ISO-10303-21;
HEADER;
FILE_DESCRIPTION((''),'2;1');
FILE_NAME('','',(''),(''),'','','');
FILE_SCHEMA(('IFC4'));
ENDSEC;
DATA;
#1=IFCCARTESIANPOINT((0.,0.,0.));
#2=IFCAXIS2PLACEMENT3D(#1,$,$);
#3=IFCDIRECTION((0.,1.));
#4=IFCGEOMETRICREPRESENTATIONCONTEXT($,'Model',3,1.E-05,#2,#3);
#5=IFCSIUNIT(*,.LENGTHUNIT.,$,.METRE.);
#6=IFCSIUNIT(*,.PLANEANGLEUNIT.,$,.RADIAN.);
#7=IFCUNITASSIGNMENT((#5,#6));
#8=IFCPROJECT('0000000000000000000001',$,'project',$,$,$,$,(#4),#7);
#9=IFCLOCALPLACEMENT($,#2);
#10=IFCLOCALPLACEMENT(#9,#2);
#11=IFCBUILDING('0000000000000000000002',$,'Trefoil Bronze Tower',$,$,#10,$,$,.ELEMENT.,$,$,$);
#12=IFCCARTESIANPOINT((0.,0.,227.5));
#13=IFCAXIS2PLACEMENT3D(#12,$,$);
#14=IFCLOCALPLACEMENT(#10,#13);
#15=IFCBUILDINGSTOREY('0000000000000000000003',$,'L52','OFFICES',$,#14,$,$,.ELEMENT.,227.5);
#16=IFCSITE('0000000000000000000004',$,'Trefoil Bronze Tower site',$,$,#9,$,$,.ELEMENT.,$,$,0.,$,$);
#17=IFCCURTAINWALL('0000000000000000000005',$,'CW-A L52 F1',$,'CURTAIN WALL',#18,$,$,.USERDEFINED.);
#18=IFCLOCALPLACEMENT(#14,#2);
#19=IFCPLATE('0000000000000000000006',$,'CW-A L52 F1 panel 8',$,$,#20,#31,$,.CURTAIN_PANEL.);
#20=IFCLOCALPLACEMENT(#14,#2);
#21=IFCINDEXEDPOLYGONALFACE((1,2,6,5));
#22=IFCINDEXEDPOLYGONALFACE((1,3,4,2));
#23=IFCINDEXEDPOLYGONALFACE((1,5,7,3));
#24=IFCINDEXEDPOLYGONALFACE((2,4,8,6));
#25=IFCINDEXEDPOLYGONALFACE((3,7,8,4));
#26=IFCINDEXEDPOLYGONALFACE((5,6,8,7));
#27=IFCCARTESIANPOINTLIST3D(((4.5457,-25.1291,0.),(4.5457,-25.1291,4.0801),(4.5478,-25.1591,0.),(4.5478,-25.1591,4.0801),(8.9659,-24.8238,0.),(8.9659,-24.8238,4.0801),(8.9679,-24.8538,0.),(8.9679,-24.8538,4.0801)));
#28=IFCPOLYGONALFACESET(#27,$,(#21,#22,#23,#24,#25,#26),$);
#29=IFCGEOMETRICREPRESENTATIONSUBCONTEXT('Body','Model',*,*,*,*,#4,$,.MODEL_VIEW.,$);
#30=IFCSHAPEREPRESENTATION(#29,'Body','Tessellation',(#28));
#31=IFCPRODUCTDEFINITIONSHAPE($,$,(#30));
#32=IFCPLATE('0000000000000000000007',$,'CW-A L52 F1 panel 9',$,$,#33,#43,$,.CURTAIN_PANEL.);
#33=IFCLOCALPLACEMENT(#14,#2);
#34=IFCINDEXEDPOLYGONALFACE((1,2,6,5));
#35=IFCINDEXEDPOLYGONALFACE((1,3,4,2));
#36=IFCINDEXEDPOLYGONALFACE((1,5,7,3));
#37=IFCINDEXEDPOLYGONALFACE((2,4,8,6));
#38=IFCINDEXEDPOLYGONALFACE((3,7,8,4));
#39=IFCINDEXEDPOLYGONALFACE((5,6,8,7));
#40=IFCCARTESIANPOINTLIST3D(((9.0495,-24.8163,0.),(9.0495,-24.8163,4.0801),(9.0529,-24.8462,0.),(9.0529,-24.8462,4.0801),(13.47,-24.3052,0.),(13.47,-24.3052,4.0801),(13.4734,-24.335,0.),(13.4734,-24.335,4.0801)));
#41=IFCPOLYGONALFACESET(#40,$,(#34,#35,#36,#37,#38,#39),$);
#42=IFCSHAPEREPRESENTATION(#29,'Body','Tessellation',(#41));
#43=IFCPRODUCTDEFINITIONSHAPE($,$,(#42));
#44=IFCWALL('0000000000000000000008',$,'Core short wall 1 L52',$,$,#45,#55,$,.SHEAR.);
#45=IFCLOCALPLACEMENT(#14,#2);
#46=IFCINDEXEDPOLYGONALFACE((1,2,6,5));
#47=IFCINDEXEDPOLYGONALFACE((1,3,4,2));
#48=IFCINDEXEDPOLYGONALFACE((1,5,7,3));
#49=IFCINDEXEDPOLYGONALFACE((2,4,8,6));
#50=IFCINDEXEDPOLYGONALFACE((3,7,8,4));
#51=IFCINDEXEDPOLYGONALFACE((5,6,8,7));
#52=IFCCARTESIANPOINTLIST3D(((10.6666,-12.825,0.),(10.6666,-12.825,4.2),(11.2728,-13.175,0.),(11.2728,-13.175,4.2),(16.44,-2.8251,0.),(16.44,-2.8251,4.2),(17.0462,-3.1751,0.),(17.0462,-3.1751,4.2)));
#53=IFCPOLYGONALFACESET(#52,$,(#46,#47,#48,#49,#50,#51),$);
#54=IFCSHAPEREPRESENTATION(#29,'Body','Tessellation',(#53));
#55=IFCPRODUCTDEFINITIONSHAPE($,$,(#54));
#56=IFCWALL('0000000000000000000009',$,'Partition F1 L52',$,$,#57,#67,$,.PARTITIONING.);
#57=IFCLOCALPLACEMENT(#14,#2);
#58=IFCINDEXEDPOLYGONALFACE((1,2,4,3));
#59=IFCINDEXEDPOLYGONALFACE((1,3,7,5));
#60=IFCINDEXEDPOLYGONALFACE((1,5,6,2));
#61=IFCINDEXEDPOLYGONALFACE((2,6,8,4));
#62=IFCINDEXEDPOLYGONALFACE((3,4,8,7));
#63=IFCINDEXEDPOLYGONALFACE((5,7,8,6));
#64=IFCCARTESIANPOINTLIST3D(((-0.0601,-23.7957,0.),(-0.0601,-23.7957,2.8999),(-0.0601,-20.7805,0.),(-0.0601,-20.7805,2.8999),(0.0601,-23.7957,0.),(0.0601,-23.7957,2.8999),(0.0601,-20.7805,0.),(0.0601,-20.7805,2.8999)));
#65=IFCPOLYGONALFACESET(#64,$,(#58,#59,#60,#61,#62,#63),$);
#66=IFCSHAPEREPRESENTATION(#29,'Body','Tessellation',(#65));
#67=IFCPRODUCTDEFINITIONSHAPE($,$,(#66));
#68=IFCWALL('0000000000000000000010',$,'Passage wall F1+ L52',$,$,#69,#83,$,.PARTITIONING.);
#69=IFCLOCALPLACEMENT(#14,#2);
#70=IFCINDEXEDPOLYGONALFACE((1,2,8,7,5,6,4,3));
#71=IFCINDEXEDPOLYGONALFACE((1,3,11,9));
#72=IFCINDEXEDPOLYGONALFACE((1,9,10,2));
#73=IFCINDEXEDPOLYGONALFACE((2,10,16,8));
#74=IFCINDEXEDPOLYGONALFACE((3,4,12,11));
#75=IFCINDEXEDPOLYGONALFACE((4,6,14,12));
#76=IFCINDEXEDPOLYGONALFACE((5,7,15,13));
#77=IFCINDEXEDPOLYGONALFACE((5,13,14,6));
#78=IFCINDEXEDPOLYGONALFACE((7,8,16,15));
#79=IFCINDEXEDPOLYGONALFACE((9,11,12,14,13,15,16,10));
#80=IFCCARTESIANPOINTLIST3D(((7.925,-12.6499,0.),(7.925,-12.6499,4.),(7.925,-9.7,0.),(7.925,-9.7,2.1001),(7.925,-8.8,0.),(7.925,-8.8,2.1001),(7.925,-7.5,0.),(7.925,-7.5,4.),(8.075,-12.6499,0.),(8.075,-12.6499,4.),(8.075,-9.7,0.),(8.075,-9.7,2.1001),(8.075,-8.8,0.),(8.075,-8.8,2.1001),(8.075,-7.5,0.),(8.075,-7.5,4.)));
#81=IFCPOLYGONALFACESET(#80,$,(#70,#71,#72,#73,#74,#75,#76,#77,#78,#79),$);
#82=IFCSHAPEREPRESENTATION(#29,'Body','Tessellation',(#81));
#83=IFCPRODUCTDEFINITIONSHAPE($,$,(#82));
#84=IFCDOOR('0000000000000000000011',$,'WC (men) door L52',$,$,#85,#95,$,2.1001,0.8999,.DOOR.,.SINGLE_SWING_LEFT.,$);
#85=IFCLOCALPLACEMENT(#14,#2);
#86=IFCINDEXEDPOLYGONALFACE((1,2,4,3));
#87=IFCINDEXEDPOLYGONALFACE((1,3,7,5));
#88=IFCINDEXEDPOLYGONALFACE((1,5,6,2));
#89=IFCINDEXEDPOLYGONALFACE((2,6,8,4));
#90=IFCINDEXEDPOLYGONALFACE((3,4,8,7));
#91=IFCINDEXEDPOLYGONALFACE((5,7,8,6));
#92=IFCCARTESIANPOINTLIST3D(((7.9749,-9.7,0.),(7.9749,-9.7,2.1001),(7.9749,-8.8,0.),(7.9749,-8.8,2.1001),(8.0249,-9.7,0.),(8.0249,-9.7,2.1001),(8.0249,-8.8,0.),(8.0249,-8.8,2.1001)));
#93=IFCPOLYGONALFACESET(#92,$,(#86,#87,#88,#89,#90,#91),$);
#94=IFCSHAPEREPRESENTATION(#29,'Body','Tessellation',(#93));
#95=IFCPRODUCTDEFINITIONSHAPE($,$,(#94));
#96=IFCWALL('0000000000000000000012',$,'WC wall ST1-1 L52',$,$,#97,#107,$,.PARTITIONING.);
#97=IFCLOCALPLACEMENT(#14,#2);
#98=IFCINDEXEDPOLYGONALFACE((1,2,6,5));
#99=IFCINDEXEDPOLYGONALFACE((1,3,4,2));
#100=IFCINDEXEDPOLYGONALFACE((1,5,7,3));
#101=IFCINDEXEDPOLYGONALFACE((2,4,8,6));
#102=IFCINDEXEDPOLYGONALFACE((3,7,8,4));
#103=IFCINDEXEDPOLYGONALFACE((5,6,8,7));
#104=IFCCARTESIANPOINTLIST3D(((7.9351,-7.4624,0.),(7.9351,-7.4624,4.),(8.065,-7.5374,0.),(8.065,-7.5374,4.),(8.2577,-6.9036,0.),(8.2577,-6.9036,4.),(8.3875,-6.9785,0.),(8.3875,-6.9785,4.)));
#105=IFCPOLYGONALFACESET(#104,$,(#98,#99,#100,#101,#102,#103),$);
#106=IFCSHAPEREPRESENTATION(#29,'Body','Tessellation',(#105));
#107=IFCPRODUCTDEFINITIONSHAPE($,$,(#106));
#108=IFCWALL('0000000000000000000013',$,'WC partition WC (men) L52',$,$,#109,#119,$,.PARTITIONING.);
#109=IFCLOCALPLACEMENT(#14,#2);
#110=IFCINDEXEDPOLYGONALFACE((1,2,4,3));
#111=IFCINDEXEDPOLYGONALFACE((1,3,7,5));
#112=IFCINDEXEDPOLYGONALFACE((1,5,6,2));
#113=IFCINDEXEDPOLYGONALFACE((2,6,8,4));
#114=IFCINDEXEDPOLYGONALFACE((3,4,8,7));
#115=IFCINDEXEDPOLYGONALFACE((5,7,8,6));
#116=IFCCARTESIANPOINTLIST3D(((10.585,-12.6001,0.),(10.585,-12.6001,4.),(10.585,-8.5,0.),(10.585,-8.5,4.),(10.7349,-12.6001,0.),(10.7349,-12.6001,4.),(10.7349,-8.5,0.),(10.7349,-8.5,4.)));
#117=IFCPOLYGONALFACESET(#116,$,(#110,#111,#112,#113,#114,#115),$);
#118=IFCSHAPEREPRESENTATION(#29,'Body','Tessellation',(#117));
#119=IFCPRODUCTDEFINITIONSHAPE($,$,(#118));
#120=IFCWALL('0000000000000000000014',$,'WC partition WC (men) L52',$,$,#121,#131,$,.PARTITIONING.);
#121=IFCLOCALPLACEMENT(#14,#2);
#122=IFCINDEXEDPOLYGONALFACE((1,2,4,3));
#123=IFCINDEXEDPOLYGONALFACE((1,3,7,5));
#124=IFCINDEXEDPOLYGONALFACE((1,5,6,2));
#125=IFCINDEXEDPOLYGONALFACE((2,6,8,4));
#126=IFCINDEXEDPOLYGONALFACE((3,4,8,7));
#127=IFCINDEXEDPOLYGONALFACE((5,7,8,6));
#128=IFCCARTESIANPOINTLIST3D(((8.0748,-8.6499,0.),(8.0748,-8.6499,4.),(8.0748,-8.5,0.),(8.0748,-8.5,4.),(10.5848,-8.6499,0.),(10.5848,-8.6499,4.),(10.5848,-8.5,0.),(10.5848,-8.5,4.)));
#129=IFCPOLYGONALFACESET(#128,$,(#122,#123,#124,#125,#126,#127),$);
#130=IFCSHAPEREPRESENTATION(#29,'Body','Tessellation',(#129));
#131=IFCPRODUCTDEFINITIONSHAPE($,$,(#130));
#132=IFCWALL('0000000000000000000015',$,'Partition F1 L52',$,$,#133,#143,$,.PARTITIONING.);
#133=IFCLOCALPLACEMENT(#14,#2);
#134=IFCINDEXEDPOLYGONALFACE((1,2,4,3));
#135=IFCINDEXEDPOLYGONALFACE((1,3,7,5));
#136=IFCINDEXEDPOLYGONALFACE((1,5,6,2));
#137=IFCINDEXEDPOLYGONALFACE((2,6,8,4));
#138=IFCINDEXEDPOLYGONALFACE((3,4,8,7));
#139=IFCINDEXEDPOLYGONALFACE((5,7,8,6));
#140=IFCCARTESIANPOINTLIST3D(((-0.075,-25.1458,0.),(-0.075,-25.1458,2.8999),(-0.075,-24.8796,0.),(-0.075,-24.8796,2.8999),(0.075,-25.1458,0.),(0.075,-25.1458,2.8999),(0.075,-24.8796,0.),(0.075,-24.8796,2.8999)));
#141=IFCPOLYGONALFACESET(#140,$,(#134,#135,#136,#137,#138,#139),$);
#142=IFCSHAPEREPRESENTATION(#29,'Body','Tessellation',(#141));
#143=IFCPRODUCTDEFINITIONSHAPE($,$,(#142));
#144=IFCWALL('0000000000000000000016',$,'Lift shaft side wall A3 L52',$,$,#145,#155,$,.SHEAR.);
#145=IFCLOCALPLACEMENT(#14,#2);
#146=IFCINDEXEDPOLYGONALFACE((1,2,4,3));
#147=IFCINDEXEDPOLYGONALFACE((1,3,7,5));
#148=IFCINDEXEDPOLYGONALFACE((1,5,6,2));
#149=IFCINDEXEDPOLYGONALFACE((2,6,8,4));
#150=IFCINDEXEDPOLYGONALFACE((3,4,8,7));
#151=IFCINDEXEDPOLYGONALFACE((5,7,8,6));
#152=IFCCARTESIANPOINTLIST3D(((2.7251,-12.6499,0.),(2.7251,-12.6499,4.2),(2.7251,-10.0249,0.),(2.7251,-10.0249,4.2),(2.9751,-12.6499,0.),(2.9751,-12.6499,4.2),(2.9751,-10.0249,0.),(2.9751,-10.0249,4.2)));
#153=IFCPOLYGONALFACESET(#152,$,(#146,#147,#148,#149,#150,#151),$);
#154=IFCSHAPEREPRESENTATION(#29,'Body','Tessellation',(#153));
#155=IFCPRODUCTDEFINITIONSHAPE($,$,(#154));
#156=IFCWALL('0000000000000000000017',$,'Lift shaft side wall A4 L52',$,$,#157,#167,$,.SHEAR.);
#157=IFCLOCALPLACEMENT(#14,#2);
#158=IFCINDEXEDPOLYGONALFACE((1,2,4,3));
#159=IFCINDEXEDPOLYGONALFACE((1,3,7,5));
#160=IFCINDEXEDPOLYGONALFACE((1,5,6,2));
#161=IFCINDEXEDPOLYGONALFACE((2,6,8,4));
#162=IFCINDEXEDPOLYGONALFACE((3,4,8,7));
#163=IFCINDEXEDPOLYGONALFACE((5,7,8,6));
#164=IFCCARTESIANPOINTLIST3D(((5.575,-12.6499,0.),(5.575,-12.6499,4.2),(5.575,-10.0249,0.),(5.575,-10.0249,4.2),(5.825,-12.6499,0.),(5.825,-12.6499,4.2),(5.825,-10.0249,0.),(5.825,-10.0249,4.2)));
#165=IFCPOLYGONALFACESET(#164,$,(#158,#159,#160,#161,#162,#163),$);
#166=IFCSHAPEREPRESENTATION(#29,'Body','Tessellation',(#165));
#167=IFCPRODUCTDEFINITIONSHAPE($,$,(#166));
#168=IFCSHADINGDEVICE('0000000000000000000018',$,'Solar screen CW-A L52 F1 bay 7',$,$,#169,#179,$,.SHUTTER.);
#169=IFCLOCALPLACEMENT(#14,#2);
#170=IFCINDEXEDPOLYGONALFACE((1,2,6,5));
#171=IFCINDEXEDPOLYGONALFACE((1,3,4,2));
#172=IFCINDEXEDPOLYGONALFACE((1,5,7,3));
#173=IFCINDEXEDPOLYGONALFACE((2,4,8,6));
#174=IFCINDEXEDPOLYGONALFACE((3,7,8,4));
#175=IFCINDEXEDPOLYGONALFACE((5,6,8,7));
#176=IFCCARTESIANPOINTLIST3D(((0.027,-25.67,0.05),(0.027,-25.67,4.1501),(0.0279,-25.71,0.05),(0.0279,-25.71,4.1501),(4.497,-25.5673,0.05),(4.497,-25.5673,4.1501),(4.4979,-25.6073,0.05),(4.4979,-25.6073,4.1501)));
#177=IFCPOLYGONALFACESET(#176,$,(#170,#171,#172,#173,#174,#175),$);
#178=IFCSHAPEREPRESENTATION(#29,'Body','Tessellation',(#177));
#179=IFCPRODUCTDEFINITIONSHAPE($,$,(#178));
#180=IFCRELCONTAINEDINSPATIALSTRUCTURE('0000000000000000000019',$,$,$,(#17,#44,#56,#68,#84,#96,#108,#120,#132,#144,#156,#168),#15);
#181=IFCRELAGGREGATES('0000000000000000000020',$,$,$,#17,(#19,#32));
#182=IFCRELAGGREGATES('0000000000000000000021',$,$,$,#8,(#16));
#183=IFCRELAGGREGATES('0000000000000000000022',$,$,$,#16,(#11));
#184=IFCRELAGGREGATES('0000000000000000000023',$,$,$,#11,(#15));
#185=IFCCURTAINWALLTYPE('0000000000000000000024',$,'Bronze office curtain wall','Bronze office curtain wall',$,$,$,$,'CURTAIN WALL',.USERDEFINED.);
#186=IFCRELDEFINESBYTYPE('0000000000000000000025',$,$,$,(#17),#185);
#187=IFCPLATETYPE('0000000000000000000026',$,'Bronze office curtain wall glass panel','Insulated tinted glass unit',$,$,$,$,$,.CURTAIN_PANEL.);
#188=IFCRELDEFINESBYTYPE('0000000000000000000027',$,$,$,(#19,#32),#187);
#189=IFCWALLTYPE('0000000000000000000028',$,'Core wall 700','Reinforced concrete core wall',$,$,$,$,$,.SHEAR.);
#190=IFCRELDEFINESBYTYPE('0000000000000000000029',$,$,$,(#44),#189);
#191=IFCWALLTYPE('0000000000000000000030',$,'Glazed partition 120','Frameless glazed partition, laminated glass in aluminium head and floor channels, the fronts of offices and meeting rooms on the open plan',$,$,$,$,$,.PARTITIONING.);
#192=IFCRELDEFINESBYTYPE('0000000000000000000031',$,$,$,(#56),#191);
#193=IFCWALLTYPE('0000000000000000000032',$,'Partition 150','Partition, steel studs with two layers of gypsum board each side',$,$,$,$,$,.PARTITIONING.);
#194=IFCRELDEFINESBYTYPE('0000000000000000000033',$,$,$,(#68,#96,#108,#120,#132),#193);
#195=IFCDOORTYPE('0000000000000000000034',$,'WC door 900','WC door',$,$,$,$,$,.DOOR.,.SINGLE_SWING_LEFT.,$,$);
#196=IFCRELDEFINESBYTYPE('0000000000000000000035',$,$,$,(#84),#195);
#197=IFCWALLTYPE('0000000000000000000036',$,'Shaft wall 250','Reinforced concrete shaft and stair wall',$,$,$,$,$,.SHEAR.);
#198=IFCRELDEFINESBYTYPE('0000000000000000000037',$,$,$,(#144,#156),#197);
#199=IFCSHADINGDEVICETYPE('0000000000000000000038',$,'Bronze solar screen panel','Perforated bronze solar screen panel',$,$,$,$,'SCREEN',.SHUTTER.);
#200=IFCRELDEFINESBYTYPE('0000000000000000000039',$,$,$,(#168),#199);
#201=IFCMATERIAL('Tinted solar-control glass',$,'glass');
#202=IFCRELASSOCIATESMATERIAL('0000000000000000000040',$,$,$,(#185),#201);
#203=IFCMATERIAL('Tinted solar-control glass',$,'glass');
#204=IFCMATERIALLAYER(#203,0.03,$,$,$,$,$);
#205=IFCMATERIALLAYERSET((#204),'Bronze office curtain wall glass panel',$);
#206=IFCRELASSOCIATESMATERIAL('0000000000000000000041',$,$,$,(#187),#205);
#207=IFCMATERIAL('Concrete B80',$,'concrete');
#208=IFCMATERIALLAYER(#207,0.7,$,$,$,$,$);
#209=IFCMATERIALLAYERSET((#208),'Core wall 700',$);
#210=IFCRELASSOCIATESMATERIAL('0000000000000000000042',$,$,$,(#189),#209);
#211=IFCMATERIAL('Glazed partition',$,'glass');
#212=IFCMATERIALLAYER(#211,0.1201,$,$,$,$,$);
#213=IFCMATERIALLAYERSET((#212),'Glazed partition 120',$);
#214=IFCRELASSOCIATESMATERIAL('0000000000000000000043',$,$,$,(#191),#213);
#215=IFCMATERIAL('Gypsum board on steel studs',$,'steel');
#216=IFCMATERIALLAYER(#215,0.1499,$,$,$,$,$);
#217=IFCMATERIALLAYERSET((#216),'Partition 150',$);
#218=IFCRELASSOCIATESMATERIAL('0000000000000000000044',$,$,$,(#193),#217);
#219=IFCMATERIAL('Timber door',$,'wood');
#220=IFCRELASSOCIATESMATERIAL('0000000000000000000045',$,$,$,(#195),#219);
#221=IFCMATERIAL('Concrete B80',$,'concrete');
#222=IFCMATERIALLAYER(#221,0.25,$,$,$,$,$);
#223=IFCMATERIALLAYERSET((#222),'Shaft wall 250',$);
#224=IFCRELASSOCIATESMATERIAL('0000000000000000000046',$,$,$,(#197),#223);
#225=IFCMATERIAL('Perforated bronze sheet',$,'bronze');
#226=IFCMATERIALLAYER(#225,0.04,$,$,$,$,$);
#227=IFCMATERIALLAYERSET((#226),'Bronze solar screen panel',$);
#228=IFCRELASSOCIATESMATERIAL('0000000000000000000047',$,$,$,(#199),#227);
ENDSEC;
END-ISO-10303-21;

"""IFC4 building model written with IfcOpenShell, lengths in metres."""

from ifc_helpers import new_model, si_unit, direction, frame, frame_2d, origin, origin_2d, place, context, subcontext, project, spatial, rectangle, extrude, material, layer, layer_set, type_object, element, fill, aggregate, save


model = new_model("IFC4")

# Units and contexts
model_context = context("Model", 3, precision=1e-05, world=origin(), true_north=direction((0.0, 1.0)))
body_context = subcontext(model_context, "Body", "Model", "MODEL_VIEW")
ifc_project = project(units=[si_unit("LENGTHUNIT", "METRE"), si_unit("PLANEANGLEUNIT", "RADIAN")], contexts=[model_context])

# Site, building, storey
site_placement = place(None, origin())
site = spatial("IfcSite", under=ifc_project, at=site_placement, Name="Trefoil Bronze Tower site", CompositionType="ELEMENT", RefElevation=0.0)
building_placement = place(site_placement, origin())
building = spatial("IfcBuilding", under=site, at=building_placement, Name="Trefoil Bronze Tower", CompositionType="ELEMENT")
storey_placement = place(building_placement, frame((0.0, 0.0, 227.5)))
storey = spatial("IfcBuildingStorey", under=building, at=storey_placement, Name="L52", Description="OFFICES", CompositionType="ELEMENT", Elevation=227.5)

# Curtain wall
ifc_material_1 = material(Name="Tinted solar-control glass", Category="glass")
curtain_wall_type = type_object("IfcCurtainWallType", Name="Bronze office curtain wall", Description="Bronze office curtain wall", ElementType="CURTAIN WALL", PredefinedType="USERDEFINED", material=ifc_material_1)
curtain_wall_placement = place(storey_placement, origin())
curtain_wall = element("IfcCurtainWall", 1, at=curtain_wall_placement, inside=storey, type_object=curtain_wall_type, Name="CW-A L52 F1", ObjectType="CURTAIN WALL", PredefinedType="USERDEFINED")

# Plates
ifc_material_2 = material(Name="Tinted solar-control glass", Category="glass")
ifc_layer_1 = layer(ifc_material_2, 0.03)
ifc_layer_set_1 = layer_set([ifc_layer_1], Name="Bronze office curtain wall glass panel")
plate_type = type_object("IfcPlateType", Name="Bronze office curtain wall glass panel", Description="Insulated tinted glass unit", PredefinedType="CURTAIN_PANEL", material=ifc_layer_set_1)
plate_1_placement = place(storey_placement, frame((6.7568, -24.9915, 0.0), z_axis=(0.0, 0.0, 1.0), x_axis=(0.997623, 0.068915, 0.0)))
plate_1 = element("IfcPlate", 2, at=plate_1_placement, type_object=plate_type, Name="CW-A L52 F1 panel 8", PredefinedType="CURTAIN_PANEL", context=body_context, shape_type="SweptSolid", body=[
    extrude(rectangle(XDim=4.4307, YDim=0.03, at=origin_2d()), origin(), (0.0, 0.0, 1.0), 4.0801),
])
plate_2_placement = place(storey_placement, frame((11.2615, -24.5757, 0.0), z_axis=(0.0, 0.0, 1.0), x_axis=(0.993382, 0.114859, 0.0)))
plate_2 = element("IfcPlate", 3, at=plate_2_placement, type_object=plate_type, Name="CW-A L52 F1 panel 9", PredefinedType="CURTAIN_PANEL", context=body_context, shape_type="SweptSolid", body=[
    extrude(rectangle(XDim=4.45, YDim=0.03, at=origin_2d()), origin(), (0.0, 0.0, 1.0), 4.0801),
])
aggregate(curtain_wall, [plate_1, plate_2])

# Walls
ifc_material_3 = material(Name="Concrete B80", Category="concrete")
ifc_layer_2 = layer(ifc_material_3, 0.7)
ifc_layer_set_2 = layer_set([ifc_layer_2], Name="Core wall 700")
wall_type_1 = type_object("IfcWallType", Name="Core wall 700", Description="Reinforced concrete core wall", PredefinedType="SHEAR", material=ifc_layer_set_2)
wall_1_placement = place(storey_placement, frame((10.9697, -13.0, 0.0), z_axis=(0.0, 0.0, 1.0), x_axis=(0.499996, 0.866028, 0.0)))
element("IfcWall", 4, at=wall_1_placement, inside=storey, type_object=wall_type_1, Name="Core short wall 1 L52", PredefinedType="SHEAR", context=body_context, shape_type="SweptSolid", body=[
    extrude(rectangle(XDim=11.5469, YDim=0.7, at=frame_2d((5.7734, 0.0))), origin(), (0.0, 0.0, 1.0), 4.2),
])
ifc_material_4 = material(Name="Glazed partition", Category="glass")
ifc_layer_3 = layer(ifc_material_4, 0.1201)
ifc_layer_set_3 = layer_set([ifc_layer_3], Name="Glazed partition 120")
wall_type_2 = type_object("IfcWallType", Name="Glazed partition 120", Description="Frameless glazed partition, laminated glass in aluminium head and floor channels, the fronts of offices and meeting rooms on the open plan", PredefinedType="PARTITIONING", material=ifc_layer_set_3)
wall_2_placement = place(storey_placement, frame((0.0, -20.7805, 0.0), z_axis=(0.0, 0.0, 1.0), x_axis=(0.0, -1.0, 0.0)))
element("IfcWall", 5, at=wall_2_placement, inside=storey, type_object=wall_type_2, Name="Partition F1 L52", PredefinedType="PARTITIONING", context=body_context, shape_type="SweptSolid", body=[
    extrude(rectangle(XDim=3.0151, YDim=0.1201, at=frame_2d((1.5076, 0.0))), origin(), (0.0, 0.0, 1.0), 2.8999),
])

# Wall, opening, door
ifc_material_5 = material(Name="Gypsum board on steel studs", Category="steel")
ifc_layer_4 = layer(ifc_material_5, 0.1499)
ifc_layer_set_4 = layer_set([ifc_layer_4], Name="Partition 150")
wall_type_3 = type_object("IfcWallType", Name="Partition 150", Description="Partition, steel studs with two layers of gypsum board each side", PredefinedType="PARTITIONING", material=ifc_layer_set_4)
wall_3_placement = place(storey_placement, frame((8.0, -7.5, 0.0), z_axis=(0.0, 0.0, 1.0), x_axis=(0.0, -1.0, 0.0)))
wall_3 = element("IfcWall", 6, at=wall_3_placement, inside=storey, type_object=wall_type_3, Name="Passage wall F1+ L52", PredefinedType="PARTITIONING", context=body_context, shape_type="SweptSolid", body=[
    extrude(rectangle(XDim=5.1499, YDim=0.1499, at=frame_2d((2.575, 0.0))), origin(), (0.0, 0.0, 1.0), 4.0),
])
opening_placement = place(wall_3_placement, frame((1.3, 0.0, 0.0)))
opening = element("IfcOpeningElement", 7, at=opening_placement, cuts=wall_3, PredefinedType="OPENING", context=body_context, shape_type="SweptSolid", body=[
    extrude(rectangle(XDim=0.8999, YDim=2.1001, at=frame_2d((0.45, 1.05))), frame((0.0, 0.085, 0.0), z_axis=(0.0, -1.0, 0.0), x_axis=(1.0, 0.0, 0.0)), (0.0, 0.0, 1.0), 0.1699),
])
ifc_material_6 = material(Name="Timber door", Category="wood")
door_type = type_object("IfcDoorType", Name="WC door 900", Description="WC door", OperationType="SINGLE_SWING_LEFT", PredefinedType="DOOR", material=ifc_material_6)
door_placement = place(opening_placement, origin())
door = element("IfcDoor", 8, at=door_placement, inside=storey, type_object=door_type, Name="WC (men) door L52", OperationType="SINGLE_SWING_LEFT", OverallHeight=2.1001, OverallWidth=0.8999, PredefinedType="DOOR", context=body_context, shape_type="SweptSolid", body=[
    extrude(rectangle(XDim=0.8999, YDim=2.1001, at=frame_2d((0.45, 1.05))), frame((0.0, 0.0249, 0.0), z_axis=(0.0, -1.0, 0.0), x_axis=(1.0, 0.0, 0.0)), (0.0, 0.0, 1.0), 0.05),
])
fill(opening, door)

# Walls
wall_4_placement = place(storey_placement, frame((8.0, -7.5, 0.0), z_axis=(0.0, 0.0, 1.0), x_axis=(0.499843, 0.866116, 0.0)))
element("IfcWall", 9, at=wall_4_placement, inside=storey, type_object=wall_type_3, Name="WC wall ST1-1 L52", PredefinedType="PARTITIONING", context=body_context, shape_type="SweptSolid", body=[
    extrude(rectangle(XDim=0.6453, YDim=0.1499, at=frame_2d((0.3228, 0.0))), origin(), (0.0, 0.0, 1.0), 4.0),
])
wall_5_placement = place(storey_placement, frame((10.6599, -8.5, 0.0), z_axis=(0.0, 0.0, 1.0), x_axis=(0.0, -1.0, 0.0)))
element("IfcWall", 10, at=wall_5_placement, inside=storey, type_object=wall_type_3, Name="WC partition WC (men) L52", PredefinedType="PARTITIONING", context=body_context, shape_type="SweptSolid", body=[
    extrude(rectangle(XDim=4.1001, YDim=0.1499, at=frame_2d((2.05, 0.0))), origin(), (0.0, 0.0, 1.0), 4.0),
])
wall_6_placement = place(storey_placement, frame((8.075, -8.575, 0.0), z_axis=(0.0, 0.0, 1.0), x_axis=(1.0, 0.0, 0.0)))
element("IfcWall", 11, at=wall_6_placement, inside=storey, type_object=wall_type_3, Name="WC partition WC (men) L52", PredefinedType="PARTITIONING", context=body_context, shape_type="SweptSolid", body=[
    extrude(rectangle(XDim=2.51, YDim=0.1499, at=frame_2d((1.2549, 0.0))), origin(), (0.0, 0.0, 1.0), 4.0),
])
wall_7_placement = place(storey_placement, frame((0.0, -24.8796, 0.0), z_axis=(0.0, 0.0, 1.0), x_axis=(0.0, -1.0, 0.0)))
element("IfcWall", 12, at=wall_7_placement, inside=storey, type_object=wall_type_3, Name="Partition F1 L52", PredefinedType="PARTITIONING", context=body_context, shape_type="SweptSolid", body=[
    extrude(rectangle(XDim=0.2661, YDim=0.1499, at=frame_2d((0.1331, 0.0))), origin(), (0.0, 0.0, 1.0), 2.8999),
])
ifc_material_7 = material(Name="Concrete B80", Category="concrete")
ifc_layer_5 = layer(ifc_material_7, 0.25)
ifc_layer_set_5 = layer_set([ifc_layer_5], Name="Shaft wall 250")
wall_type_4 = type_object("IfcWallType", Name="Shaft wall 250", Description="Reinforced concrete shaft and stair wall", PredefinedType="SHEAR", material=ifc_layer_set_5)
for number, where, z_axis, x_axis, name in (
    (13, (2.8501, -10.0249, 0.0), (0.0, 0.0, 1.0), (0.0, -1.0, 0.0), "Lift shaft side wall A3 L52"),
    (14, (5.7, -10.0249, 0.0), (0.0, 0.0, 1.0), (0.0, -1.0, 0.0), "Lift shaft side wall A4 L52"),
):
    element("IfcWall", number, at=place(storey_placement, frame(where, z_axis=z_axis, x_axis=x_axis)), inside=storey, type_object=wall_type_4, Name=name, PredefinedType="SHEAR", context=body_context, shape_type="SweptSolid", body=[
        extrude(rectangle(XDim=2.625, YDim=0.25, at=frame_2d((1.3125, 0.0))), origin(), (0.0, 0.0, 1.0), 4.2),
    ])

# Shading device
ifc_material_8 = material(Name="Perforated bronze sheet", Category="bronze")
ifc_layer_6 = layer(ifc_material_8, 0.04)
ifc_layer_set_6 = layer_set([ifc_layer_6], Name="Bronze solar screen panel")
shading_device_type = type_object("IfcShadingDeviceType", Name="Bronze solar screen panel", Description="Perforated bronze solar screen panel", ElementType="SCREEN", PredefinedType="SHUTTER", material=ifc_layer_set_6)
shading_device_1_placement = place(storey_placement, frame((2.2625, -25.6387, 0.05), z_axis=(0.0, 0.0, 1.0), x_axis=(0.999736, 0.022972, 0.0)))
element("IfcShadingDevice", 15, at=shading_device_1_placement, inside=storey, type_object=shading_device_type, Name="Solar screen CW-A L52 F1 bay 7", PredefinedType="SHUTTER", context=body_context, shape_type="SweptSolid", body=[
    extrude(rectangle(XDim=4.4712, YDim=0.04, at=origin_2d()), origin(), (0.0, 0.0, 1.0), 4.1001),
])

save(model, "model.ifc")
